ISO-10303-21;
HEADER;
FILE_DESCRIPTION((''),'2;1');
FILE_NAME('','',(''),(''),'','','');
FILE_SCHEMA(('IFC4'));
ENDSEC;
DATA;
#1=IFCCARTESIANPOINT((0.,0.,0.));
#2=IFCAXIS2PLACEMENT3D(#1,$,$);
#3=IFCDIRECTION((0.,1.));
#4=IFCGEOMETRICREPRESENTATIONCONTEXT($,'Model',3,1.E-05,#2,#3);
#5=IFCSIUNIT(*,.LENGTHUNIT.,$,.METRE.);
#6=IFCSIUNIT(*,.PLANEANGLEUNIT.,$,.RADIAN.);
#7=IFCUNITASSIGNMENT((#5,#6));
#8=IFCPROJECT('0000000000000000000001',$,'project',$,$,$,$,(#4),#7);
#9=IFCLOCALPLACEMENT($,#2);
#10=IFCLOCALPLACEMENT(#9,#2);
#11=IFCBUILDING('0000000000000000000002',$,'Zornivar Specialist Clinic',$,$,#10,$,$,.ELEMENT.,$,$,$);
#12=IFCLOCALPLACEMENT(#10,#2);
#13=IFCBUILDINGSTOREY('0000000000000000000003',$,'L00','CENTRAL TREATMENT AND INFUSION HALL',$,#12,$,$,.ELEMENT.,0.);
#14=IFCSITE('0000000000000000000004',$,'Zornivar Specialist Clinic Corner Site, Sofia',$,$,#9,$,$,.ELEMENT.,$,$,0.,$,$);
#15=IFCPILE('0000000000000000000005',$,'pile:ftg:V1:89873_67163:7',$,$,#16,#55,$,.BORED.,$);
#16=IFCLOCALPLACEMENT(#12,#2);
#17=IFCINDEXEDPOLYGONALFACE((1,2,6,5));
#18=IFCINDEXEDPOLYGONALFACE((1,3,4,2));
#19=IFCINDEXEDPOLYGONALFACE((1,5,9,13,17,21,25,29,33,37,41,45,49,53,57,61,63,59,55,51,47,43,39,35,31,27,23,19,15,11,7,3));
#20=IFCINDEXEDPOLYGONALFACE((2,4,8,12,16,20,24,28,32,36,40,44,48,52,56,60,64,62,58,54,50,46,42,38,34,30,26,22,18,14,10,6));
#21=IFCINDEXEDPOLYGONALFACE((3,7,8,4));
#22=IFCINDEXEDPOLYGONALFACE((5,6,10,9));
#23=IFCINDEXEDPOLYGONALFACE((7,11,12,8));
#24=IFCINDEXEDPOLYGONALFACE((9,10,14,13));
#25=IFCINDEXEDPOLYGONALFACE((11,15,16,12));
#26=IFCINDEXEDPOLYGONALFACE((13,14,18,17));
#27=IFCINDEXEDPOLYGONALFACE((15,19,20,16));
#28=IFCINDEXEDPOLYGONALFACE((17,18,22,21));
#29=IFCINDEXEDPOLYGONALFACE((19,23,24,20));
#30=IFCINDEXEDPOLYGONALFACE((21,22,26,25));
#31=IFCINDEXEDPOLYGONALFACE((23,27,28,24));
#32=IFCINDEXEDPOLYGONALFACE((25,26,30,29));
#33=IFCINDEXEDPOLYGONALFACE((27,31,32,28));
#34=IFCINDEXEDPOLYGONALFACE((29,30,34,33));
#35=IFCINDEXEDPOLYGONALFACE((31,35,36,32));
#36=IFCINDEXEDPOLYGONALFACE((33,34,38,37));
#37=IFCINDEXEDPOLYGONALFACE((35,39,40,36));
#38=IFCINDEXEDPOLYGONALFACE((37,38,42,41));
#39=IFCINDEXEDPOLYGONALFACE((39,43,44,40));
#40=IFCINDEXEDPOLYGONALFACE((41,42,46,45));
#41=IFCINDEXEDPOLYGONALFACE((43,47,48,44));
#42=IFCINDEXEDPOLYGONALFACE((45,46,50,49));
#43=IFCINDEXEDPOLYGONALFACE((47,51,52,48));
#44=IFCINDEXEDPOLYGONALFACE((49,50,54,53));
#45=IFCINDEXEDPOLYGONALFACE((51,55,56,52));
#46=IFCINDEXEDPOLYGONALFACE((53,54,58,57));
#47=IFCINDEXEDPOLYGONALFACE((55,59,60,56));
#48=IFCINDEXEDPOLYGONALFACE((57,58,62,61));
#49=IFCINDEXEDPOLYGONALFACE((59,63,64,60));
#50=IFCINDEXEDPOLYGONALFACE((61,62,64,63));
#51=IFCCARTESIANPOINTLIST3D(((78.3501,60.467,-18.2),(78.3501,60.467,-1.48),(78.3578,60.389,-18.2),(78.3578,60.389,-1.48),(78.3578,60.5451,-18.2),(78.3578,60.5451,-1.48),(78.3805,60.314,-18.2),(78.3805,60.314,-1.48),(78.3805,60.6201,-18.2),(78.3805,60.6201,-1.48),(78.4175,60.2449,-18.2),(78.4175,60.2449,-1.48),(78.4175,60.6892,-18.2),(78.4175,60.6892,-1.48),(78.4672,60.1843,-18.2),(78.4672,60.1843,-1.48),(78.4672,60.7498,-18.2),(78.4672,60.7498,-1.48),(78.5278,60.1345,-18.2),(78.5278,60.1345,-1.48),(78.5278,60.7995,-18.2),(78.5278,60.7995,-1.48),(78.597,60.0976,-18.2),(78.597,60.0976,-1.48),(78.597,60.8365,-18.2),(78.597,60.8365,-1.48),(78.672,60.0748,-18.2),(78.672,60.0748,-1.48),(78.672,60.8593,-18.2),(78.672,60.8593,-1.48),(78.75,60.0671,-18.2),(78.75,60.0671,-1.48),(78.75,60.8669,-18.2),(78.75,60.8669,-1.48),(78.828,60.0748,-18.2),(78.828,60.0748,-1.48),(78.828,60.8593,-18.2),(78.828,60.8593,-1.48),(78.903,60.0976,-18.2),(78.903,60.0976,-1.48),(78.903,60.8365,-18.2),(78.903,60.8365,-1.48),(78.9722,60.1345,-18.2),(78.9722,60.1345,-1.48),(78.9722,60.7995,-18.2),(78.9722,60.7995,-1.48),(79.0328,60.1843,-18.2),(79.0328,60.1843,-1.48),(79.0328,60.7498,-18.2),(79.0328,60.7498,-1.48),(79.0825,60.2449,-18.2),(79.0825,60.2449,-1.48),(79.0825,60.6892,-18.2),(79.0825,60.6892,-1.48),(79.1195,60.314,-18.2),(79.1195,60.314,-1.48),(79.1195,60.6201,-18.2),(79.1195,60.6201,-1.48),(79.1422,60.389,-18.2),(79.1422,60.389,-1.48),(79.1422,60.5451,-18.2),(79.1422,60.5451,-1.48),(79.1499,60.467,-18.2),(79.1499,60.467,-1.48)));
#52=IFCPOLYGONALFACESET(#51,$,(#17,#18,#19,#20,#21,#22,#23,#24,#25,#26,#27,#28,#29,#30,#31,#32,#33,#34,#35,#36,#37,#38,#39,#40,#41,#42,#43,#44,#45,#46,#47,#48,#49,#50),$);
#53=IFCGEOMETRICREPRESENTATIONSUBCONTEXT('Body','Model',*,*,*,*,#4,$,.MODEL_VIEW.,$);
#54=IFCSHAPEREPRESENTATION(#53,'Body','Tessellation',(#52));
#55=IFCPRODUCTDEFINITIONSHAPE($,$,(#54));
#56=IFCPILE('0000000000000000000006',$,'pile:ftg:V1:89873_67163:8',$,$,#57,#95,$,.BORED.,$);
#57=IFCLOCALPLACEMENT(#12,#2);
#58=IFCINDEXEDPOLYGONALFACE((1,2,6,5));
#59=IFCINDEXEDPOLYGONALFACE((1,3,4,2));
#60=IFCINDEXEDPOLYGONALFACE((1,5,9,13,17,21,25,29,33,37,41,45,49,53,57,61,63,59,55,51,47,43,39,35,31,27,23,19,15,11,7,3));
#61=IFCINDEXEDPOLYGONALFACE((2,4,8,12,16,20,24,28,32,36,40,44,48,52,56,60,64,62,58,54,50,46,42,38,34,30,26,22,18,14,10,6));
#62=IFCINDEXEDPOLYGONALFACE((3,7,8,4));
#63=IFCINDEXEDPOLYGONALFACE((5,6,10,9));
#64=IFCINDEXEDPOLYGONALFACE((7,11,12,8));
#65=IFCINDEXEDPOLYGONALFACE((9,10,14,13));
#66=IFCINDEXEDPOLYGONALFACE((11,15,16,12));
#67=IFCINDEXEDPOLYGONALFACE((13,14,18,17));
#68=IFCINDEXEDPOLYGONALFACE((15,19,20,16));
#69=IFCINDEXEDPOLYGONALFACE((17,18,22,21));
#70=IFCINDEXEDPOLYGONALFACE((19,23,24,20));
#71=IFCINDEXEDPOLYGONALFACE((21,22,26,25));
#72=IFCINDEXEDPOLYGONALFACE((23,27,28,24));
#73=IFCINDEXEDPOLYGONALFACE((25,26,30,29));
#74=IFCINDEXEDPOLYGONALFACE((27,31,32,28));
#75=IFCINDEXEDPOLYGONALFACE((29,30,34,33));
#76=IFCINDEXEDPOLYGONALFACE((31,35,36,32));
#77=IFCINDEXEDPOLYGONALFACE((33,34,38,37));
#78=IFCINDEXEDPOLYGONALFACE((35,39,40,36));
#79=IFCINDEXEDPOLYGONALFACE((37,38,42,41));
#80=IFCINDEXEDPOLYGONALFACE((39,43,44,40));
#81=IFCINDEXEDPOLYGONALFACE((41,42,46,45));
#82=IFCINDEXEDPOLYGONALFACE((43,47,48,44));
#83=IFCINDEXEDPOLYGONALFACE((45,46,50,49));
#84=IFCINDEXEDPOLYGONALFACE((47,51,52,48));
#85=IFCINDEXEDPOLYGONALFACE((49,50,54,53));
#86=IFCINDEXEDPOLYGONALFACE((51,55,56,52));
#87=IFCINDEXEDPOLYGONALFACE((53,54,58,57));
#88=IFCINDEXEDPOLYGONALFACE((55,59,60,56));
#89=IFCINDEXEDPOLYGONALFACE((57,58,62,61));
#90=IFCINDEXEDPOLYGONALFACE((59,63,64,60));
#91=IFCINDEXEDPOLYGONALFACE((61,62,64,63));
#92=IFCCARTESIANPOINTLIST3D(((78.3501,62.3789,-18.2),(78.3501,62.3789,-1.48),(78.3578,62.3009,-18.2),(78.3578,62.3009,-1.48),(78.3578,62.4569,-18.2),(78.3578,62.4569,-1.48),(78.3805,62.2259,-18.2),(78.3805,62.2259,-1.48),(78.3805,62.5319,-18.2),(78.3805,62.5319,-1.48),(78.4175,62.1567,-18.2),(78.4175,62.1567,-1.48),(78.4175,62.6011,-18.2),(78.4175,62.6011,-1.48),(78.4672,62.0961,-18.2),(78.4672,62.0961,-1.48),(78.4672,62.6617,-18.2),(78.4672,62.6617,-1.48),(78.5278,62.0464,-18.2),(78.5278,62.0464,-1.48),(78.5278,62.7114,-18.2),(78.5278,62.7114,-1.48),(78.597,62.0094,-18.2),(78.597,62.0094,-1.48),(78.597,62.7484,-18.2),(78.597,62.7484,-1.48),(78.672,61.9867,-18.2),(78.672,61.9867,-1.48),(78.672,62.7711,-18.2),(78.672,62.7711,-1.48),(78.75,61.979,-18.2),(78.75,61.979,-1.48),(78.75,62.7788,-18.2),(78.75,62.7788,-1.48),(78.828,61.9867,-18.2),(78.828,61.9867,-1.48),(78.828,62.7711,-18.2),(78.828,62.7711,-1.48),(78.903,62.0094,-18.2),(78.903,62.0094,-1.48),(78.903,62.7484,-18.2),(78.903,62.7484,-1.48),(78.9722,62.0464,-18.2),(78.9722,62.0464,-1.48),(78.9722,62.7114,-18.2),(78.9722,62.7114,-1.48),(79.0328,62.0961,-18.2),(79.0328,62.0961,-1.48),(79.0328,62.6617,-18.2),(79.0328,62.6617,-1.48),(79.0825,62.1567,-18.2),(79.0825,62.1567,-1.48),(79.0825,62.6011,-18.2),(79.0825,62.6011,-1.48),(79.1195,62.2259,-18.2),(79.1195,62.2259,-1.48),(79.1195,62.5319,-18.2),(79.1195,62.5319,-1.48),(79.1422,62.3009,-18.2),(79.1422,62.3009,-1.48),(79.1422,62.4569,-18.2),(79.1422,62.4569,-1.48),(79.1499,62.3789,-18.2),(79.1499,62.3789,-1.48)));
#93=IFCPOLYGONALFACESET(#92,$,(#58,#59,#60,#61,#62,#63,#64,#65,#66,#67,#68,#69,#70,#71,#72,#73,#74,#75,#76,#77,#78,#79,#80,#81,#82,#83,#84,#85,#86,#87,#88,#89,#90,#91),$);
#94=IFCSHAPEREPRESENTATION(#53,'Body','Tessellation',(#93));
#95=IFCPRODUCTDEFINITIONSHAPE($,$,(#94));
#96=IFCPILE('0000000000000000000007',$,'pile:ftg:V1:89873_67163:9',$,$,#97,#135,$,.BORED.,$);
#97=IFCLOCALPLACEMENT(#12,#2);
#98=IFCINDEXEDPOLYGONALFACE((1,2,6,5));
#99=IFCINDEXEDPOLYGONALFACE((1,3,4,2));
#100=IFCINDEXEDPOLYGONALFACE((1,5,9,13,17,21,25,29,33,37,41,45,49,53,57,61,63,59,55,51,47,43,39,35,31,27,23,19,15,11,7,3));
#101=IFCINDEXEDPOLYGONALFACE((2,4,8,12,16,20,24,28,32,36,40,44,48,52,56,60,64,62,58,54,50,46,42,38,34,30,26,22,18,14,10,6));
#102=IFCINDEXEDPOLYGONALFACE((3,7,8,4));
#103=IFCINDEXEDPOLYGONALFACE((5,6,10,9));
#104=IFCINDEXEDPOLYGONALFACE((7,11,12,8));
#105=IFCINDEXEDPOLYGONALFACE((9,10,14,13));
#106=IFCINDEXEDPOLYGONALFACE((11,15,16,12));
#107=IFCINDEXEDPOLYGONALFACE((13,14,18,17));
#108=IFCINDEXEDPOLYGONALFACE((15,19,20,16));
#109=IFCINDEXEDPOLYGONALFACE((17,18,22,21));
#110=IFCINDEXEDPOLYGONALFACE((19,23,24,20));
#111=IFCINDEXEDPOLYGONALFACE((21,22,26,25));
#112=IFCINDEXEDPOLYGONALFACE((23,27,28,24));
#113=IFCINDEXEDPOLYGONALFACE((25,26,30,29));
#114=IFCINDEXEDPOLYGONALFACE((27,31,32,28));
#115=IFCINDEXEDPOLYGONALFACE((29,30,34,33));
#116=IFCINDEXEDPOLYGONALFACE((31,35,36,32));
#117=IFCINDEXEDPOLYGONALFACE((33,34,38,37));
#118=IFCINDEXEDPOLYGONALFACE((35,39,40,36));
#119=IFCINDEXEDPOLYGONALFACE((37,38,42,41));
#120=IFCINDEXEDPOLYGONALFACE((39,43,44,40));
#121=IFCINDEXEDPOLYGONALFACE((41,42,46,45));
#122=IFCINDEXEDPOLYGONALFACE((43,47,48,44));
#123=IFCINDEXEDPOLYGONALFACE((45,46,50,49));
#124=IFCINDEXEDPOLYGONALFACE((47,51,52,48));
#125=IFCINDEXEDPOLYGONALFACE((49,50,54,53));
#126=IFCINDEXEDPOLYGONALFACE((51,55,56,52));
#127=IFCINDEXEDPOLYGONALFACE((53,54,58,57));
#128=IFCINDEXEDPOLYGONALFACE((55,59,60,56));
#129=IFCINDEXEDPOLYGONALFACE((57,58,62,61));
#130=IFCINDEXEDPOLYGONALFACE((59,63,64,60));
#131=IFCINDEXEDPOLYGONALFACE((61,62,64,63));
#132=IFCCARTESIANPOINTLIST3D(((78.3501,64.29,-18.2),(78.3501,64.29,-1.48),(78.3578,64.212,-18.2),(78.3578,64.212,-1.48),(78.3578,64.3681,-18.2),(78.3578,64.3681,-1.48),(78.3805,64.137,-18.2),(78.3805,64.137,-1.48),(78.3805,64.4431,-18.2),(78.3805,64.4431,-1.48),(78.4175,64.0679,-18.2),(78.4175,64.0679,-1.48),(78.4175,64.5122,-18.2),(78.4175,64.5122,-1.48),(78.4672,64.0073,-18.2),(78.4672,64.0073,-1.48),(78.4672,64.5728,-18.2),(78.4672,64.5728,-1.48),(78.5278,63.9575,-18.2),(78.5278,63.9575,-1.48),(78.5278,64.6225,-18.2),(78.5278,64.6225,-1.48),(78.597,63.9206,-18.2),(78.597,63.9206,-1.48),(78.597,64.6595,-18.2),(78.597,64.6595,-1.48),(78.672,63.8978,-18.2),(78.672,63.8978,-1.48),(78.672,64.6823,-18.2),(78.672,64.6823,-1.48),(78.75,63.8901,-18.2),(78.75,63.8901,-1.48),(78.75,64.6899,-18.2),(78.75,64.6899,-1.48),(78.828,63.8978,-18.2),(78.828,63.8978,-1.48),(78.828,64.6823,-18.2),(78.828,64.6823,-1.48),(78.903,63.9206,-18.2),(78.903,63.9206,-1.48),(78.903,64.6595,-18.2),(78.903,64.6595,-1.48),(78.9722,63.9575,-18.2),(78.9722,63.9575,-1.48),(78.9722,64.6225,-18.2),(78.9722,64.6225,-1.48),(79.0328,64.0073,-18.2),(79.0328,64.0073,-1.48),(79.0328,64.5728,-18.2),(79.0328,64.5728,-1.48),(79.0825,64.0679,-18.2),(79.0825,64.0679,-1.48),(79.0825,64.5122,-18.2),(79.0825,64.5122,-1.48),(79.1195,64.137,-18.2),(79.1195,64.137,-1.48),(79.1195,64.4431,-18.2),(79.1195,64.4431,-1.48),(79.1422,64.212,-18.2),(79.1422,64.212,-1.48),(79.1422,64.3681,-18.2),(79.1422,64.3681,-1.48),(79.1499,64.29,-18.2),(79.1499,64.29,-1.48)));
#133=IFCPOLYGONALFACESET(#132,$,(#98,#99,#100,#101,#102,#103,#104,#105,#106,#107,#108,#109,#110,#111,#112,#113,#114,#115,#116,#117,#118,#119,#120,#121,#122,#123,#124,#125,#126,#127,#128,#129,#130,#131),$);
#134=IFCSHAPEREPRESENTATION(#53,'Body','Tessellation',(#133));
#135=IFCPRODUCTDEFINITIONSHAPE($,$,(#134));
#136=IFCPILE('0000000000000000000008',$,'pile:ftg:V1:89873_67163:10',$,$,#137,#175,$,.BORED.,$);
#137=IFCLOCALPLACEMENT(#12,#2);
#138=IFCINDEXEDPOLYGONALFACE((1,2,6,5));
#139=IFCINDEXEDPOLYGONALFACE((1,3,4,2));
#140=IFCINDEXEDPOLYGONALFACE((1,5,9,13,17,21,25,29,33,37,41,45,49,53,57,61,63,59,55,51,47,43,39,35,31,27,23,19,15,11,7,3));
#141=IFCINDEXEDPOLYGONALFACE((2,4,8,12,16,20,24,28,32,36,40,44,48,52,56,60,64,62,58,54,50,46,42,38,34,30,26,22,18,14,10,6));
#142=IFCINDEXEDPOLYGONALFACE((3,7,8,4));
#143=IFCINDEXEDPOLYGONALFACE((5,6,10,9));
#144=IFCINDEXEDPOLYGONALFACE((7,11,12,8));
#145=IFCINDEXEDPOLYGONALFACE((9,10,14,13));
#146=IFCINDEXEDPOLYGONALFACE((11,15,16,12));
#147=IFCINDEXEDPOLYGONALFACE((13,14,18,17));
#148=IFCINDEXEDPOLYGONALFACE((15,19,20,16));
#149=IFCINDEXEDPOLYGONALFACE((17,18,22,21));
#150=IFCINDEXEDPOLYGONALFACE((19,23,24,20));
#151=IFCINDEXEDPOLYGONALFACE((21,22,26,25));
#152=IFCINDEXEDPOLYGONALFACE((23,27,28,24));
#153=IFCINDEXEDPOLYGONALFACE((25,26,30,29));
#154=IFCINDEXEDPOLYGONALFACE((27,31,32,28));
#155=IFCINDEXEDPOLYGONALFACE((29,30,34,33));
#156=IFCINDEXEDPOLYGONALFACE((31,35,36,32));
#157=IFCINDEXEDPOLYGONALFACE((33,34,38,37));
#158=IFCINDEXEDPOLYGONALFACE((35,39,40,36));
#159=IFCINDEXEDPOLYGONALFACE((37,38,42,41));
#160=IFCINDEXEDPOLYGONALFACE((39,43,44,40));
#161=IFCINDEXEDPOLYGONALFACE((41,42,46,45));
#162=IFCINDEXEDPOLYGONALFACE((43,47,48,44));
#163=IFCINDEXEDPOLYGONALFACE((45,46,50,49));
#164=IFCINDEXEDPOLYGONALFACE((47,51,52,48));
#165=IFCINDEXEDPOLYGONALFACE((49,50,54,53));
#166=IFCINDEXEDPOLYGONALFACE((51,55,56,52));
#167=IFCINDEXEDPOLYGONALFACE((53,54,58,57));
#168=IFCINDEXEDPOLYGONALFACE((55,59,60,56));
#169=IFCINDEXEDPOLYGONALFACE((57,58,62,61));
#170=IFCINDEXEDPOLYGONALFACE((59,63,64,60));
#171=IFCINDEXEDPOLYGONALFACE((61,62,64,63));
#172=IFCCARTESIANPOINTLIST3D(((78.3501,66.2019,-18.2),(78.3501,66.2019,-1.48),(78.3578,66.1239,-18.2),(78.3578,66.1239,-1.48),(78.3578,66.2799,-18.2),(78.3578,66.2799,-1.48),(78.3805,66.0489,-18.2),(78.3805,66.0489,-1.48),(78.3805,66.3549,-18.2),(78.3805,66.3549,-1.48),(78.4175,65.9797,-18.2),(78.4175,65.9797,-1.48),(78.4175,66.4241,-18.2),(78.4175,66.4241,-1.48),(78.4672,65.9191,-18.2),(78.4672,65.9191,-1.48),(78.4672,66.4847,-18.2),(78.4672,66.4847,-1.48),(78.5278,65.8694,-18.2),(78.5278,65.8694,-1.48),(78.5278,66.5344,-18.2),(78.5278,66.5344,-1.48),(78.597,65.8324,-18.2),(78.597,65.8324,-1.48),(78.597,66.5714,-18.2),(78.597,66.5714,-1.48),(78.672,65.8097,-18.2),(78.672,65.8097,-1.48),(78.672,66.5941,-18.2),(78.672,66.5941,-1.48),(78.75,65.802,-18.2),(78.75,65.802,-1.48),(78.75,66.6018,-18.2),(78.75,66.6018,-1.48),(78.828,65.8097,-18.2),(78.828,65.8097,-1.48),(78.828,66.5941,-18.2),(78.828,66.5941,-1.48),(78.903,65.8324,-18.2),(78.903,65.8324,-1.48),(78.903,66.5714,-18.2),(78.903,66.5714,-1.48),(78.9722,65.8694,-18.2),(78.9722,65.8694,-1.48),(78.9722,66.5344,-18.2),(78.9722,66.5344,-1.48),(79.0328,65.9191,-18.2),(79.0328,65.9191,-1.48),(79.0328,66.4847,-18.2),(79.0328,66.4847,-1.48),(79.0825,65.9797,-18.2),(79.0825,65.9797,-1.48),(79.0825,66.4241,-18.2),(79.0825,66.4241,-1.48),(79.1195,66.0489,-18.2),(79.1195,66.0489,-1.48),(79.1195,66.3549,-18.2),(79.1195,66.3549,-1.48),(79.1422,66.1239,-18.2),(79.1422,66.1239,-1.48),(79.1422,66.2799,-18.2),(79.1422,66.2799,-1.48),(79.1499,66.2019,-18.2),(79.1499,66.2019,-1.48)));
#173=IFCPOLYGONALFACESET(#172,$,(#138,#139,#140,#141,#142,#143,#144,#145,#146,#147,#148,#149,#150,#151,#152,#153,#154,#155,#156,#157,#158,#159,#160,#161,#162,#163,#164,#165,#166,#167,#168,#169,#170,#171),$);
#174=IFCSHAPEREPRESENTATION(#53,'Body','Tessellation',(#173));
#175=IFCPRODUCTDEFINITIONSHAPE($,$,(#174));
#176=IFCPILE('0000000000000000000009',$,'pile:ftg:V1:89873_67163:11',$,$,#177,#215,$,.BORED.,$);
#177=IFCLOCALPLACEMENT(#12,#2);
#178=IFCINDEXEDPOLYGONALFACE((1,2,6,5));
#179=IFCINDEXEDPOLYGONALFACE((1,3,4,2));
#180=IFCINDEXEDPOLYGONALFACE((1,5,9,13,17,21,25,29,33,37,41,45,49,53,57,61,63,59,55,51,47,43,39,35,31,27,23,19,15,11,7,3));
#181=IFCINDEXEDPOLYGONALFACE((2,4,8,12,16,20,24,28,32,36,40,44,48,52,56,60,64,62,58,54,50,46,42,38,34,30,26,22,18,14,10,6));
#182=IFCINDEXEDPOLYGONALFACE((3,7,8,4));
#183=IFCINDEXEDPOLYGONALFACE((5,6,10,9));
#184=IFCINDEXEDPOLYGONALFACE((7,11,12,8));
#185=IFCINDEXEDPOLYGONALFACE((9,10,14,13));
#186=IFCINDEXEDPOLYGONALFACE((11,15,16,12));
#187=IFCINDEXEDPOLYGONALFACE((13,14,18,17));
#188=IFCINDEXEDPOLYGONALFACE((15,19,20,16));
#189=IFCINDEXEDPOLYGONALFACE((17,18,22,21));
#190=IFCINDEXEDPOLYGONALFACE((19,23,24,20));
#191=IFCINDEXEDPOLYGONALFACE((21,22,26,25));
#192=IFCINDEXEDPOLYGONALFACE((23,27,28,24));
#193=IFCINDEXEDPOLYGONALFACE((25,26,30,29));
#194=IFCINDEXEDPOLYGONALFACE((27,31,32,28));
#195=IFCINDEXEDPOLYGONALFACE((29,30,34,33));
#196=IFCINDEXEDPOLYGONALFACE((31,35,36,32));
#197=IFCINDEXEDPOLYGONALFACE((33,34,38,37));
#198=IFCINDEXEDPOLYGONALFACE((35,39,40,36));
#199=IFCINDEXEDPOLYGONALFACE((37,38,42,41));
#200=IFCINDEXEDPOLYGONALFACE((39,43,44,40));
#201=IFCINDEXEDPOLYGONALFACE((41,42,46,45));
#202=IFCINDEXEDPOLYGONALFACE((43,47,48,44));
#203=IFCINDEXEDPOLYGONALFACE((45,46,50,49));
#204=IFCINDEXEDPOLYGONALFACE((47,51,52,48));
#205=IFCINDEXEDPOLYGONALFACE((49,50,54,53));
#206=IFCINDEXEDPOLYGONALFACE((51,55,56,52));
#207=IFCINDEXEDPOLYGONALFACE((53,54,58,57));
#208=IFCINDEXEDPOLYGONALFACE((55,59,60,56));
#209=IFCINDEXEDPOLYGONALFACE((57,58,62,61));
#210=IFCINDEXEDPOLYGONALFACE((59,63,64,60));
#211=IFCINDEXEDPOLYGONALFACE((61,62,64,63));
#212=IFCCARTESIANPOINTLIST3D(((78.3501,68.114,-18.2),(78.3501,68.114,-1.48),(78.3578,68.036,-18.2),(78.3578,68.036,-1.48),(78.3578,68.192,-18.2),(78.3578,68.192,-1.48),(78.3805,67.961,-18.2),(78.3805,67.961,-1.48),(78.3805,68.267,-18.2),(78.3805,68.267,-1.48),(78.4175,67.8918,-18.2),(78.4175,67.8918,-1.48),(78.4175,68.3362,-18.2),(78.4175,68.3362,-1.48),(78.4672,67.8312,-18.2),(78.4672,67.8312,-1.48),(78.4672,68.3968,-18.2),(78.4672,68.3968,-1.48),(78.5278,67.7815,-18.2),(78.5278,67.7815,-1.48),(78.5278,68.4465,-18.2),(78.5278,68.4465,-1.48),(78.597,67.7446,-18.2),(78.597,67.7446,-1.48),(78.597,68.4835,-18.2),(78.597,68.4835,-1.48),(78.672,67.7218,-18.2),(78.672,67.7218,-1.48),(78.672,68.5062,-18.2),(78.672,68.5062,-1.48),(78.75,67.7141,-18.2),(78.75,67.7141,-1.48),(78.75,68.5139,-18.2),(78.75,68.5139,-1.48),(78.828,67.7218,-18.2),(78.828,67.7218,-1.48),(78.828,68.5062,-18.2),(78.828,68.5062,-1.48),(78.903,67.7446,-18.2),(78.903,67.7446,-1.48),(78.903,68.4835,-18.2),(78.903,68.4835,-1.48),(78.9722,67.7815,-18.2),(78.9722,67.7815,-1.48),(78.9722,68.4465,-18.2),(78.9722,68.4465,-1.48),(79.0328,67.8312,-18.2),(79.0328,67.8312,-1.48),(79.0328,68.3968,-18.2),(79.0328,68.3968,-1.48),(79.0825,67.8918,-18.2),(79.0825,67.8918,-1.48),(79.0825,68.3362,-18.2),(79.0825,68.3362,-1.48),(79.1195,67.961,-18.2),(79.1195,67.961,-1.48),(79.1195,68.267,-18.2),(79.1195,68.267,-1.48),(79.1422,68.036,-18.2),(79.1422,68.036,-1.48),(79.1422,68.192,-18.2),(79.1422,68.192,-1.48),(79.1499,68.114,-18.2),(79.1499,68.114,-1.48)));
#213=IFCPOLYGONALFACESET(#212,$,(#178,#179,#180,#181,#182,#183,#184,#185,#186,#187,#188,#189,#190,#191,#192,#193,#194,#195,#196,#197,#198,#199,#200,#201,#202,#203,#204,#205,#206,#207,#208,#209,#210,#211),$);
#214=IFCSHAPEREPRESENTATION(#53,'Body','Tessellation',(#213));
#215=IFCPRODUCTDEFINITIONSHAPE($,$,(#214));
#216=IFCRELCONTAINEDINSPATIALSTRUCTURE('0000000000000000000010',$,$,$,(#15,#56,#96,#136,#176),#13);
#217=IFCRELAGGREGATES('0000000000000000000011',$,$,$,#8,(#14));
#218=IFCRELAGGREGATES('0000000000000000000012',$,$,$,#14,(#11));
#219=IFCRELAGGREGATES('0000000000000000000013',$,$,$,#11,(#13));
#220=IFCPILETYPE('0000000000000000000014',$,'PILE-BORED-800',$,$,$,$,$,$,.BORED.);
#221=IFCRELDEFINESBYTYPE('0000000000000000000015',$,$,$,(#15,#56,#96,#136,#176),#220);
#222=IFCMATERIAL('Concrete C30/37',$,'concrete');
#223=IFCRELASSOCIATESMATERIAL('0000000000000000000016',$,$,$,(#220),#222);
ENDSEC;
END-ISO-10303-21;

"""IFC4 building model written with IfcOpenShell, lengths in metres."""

from ifc_helpers import new_model, si_unit, direction, frame, origin, origin_2d, place, context, subcontext, project, spatial, circle, extrude, material, material_profile, profile_set, type_object, element, save


model = new_model("IFC4")

# Units and contexts
model_context = context("Model", 3, precision=1e-05, world=origin(), true_north=direction((0.0, 1.0)))
body_context = subcontext(model_context, "Body", "Model", "MODEL_VIEW")
ifc_project = project(units=[si_unit("LENGTHUNIT", "METRE"), si_unit("PLANEANGLEUNIT", "RADIAN")], contexts=[model_context])

# Site, building, storey
site_placement = place(None, origin())
site = spatial("IfcSite", under=ifc_project, at=site_placement, Name="Zornivar Specialist Clinic Corner Site, Sofia", CompositionType="ELEMENT", RefElevation=0.0)
building_placement = place(site_placement, origin())
building = spatial("IfcBuilding", under=site, at=building_placement, Name="Zornivar Specialist Clinic", CompositionType="ELEMENT")
storey_placement = place(building_placement, origin())
storey = spatial("IfcBuildingStorey", under=building, at=storey_placement, Name="L00", Description="CENTRAL TREATMENT AND INFUSION HALL", CompositionType="ELEMENT", Elevation=0.0)

# Piles
ifc_material_1 = material(Name="Concrete C30/37", Category="concrete")
ifc_material_profile_1 = material_profile(ifc_material_1, circle(Radius=0.3999, at=origin_2d()), Name="PILE D800")
ifc_profile_set_1 = profile_set([ifc_material_profile_1], Name="Concrete C30/37")
pile_type = type_object("IfcPileType", Name="PILE-BORED-800", PredefinedType="BORED", material=ifc_profile_set_1)
for number, where, z_axis, x_axis, name in (
    (1, (78.75, 60.467, -1.48), (0.0, 0.0, -1.0), (1.0, 0.0, 0.0), "pile:ftg:V1:89873_67163:7"),
    (2, (78.75, 62.3789, -1.48), (0.0, 0.0, -1.0), (1.0, 0.0, 0.0), "pile:ftg:V1:89873_67163:8"),
    (3, (78.75, 64.29, -1.48), (0.0, 0.0, -1.0), (1.0, 0.0, 0.0), "pile:ftg:V1:89873_67163:9"),
    (4, (78.75, 66.2019, -1.48), (0.0, 0.0, -1.0), (1.0, 0.0, 0.0), "pile:ftg:V1:89873_67163:10"),
    (5, (78.75, 68.114, -1.48), (0.0, 0.0, -1.0), (1.0, 0.0, 0.0), "pile:ftg:V1:89873_67163:11"),
):
    element("IfcPile", number, at=place(storey_placement, frame(where, z_axis=z_axis, x_axis=x_axis)), inside=storey, type_object=pile_type, Name=name, PredefinedType="BORED", context=body_context, shape_type="SweptSolid", body=[
        extrude(circle(Radius=0.3999, at=origin_2d()), origin(), (0.0, 0.0, 1.0), 16.72),
    ])

save(model, "model.ifc")
